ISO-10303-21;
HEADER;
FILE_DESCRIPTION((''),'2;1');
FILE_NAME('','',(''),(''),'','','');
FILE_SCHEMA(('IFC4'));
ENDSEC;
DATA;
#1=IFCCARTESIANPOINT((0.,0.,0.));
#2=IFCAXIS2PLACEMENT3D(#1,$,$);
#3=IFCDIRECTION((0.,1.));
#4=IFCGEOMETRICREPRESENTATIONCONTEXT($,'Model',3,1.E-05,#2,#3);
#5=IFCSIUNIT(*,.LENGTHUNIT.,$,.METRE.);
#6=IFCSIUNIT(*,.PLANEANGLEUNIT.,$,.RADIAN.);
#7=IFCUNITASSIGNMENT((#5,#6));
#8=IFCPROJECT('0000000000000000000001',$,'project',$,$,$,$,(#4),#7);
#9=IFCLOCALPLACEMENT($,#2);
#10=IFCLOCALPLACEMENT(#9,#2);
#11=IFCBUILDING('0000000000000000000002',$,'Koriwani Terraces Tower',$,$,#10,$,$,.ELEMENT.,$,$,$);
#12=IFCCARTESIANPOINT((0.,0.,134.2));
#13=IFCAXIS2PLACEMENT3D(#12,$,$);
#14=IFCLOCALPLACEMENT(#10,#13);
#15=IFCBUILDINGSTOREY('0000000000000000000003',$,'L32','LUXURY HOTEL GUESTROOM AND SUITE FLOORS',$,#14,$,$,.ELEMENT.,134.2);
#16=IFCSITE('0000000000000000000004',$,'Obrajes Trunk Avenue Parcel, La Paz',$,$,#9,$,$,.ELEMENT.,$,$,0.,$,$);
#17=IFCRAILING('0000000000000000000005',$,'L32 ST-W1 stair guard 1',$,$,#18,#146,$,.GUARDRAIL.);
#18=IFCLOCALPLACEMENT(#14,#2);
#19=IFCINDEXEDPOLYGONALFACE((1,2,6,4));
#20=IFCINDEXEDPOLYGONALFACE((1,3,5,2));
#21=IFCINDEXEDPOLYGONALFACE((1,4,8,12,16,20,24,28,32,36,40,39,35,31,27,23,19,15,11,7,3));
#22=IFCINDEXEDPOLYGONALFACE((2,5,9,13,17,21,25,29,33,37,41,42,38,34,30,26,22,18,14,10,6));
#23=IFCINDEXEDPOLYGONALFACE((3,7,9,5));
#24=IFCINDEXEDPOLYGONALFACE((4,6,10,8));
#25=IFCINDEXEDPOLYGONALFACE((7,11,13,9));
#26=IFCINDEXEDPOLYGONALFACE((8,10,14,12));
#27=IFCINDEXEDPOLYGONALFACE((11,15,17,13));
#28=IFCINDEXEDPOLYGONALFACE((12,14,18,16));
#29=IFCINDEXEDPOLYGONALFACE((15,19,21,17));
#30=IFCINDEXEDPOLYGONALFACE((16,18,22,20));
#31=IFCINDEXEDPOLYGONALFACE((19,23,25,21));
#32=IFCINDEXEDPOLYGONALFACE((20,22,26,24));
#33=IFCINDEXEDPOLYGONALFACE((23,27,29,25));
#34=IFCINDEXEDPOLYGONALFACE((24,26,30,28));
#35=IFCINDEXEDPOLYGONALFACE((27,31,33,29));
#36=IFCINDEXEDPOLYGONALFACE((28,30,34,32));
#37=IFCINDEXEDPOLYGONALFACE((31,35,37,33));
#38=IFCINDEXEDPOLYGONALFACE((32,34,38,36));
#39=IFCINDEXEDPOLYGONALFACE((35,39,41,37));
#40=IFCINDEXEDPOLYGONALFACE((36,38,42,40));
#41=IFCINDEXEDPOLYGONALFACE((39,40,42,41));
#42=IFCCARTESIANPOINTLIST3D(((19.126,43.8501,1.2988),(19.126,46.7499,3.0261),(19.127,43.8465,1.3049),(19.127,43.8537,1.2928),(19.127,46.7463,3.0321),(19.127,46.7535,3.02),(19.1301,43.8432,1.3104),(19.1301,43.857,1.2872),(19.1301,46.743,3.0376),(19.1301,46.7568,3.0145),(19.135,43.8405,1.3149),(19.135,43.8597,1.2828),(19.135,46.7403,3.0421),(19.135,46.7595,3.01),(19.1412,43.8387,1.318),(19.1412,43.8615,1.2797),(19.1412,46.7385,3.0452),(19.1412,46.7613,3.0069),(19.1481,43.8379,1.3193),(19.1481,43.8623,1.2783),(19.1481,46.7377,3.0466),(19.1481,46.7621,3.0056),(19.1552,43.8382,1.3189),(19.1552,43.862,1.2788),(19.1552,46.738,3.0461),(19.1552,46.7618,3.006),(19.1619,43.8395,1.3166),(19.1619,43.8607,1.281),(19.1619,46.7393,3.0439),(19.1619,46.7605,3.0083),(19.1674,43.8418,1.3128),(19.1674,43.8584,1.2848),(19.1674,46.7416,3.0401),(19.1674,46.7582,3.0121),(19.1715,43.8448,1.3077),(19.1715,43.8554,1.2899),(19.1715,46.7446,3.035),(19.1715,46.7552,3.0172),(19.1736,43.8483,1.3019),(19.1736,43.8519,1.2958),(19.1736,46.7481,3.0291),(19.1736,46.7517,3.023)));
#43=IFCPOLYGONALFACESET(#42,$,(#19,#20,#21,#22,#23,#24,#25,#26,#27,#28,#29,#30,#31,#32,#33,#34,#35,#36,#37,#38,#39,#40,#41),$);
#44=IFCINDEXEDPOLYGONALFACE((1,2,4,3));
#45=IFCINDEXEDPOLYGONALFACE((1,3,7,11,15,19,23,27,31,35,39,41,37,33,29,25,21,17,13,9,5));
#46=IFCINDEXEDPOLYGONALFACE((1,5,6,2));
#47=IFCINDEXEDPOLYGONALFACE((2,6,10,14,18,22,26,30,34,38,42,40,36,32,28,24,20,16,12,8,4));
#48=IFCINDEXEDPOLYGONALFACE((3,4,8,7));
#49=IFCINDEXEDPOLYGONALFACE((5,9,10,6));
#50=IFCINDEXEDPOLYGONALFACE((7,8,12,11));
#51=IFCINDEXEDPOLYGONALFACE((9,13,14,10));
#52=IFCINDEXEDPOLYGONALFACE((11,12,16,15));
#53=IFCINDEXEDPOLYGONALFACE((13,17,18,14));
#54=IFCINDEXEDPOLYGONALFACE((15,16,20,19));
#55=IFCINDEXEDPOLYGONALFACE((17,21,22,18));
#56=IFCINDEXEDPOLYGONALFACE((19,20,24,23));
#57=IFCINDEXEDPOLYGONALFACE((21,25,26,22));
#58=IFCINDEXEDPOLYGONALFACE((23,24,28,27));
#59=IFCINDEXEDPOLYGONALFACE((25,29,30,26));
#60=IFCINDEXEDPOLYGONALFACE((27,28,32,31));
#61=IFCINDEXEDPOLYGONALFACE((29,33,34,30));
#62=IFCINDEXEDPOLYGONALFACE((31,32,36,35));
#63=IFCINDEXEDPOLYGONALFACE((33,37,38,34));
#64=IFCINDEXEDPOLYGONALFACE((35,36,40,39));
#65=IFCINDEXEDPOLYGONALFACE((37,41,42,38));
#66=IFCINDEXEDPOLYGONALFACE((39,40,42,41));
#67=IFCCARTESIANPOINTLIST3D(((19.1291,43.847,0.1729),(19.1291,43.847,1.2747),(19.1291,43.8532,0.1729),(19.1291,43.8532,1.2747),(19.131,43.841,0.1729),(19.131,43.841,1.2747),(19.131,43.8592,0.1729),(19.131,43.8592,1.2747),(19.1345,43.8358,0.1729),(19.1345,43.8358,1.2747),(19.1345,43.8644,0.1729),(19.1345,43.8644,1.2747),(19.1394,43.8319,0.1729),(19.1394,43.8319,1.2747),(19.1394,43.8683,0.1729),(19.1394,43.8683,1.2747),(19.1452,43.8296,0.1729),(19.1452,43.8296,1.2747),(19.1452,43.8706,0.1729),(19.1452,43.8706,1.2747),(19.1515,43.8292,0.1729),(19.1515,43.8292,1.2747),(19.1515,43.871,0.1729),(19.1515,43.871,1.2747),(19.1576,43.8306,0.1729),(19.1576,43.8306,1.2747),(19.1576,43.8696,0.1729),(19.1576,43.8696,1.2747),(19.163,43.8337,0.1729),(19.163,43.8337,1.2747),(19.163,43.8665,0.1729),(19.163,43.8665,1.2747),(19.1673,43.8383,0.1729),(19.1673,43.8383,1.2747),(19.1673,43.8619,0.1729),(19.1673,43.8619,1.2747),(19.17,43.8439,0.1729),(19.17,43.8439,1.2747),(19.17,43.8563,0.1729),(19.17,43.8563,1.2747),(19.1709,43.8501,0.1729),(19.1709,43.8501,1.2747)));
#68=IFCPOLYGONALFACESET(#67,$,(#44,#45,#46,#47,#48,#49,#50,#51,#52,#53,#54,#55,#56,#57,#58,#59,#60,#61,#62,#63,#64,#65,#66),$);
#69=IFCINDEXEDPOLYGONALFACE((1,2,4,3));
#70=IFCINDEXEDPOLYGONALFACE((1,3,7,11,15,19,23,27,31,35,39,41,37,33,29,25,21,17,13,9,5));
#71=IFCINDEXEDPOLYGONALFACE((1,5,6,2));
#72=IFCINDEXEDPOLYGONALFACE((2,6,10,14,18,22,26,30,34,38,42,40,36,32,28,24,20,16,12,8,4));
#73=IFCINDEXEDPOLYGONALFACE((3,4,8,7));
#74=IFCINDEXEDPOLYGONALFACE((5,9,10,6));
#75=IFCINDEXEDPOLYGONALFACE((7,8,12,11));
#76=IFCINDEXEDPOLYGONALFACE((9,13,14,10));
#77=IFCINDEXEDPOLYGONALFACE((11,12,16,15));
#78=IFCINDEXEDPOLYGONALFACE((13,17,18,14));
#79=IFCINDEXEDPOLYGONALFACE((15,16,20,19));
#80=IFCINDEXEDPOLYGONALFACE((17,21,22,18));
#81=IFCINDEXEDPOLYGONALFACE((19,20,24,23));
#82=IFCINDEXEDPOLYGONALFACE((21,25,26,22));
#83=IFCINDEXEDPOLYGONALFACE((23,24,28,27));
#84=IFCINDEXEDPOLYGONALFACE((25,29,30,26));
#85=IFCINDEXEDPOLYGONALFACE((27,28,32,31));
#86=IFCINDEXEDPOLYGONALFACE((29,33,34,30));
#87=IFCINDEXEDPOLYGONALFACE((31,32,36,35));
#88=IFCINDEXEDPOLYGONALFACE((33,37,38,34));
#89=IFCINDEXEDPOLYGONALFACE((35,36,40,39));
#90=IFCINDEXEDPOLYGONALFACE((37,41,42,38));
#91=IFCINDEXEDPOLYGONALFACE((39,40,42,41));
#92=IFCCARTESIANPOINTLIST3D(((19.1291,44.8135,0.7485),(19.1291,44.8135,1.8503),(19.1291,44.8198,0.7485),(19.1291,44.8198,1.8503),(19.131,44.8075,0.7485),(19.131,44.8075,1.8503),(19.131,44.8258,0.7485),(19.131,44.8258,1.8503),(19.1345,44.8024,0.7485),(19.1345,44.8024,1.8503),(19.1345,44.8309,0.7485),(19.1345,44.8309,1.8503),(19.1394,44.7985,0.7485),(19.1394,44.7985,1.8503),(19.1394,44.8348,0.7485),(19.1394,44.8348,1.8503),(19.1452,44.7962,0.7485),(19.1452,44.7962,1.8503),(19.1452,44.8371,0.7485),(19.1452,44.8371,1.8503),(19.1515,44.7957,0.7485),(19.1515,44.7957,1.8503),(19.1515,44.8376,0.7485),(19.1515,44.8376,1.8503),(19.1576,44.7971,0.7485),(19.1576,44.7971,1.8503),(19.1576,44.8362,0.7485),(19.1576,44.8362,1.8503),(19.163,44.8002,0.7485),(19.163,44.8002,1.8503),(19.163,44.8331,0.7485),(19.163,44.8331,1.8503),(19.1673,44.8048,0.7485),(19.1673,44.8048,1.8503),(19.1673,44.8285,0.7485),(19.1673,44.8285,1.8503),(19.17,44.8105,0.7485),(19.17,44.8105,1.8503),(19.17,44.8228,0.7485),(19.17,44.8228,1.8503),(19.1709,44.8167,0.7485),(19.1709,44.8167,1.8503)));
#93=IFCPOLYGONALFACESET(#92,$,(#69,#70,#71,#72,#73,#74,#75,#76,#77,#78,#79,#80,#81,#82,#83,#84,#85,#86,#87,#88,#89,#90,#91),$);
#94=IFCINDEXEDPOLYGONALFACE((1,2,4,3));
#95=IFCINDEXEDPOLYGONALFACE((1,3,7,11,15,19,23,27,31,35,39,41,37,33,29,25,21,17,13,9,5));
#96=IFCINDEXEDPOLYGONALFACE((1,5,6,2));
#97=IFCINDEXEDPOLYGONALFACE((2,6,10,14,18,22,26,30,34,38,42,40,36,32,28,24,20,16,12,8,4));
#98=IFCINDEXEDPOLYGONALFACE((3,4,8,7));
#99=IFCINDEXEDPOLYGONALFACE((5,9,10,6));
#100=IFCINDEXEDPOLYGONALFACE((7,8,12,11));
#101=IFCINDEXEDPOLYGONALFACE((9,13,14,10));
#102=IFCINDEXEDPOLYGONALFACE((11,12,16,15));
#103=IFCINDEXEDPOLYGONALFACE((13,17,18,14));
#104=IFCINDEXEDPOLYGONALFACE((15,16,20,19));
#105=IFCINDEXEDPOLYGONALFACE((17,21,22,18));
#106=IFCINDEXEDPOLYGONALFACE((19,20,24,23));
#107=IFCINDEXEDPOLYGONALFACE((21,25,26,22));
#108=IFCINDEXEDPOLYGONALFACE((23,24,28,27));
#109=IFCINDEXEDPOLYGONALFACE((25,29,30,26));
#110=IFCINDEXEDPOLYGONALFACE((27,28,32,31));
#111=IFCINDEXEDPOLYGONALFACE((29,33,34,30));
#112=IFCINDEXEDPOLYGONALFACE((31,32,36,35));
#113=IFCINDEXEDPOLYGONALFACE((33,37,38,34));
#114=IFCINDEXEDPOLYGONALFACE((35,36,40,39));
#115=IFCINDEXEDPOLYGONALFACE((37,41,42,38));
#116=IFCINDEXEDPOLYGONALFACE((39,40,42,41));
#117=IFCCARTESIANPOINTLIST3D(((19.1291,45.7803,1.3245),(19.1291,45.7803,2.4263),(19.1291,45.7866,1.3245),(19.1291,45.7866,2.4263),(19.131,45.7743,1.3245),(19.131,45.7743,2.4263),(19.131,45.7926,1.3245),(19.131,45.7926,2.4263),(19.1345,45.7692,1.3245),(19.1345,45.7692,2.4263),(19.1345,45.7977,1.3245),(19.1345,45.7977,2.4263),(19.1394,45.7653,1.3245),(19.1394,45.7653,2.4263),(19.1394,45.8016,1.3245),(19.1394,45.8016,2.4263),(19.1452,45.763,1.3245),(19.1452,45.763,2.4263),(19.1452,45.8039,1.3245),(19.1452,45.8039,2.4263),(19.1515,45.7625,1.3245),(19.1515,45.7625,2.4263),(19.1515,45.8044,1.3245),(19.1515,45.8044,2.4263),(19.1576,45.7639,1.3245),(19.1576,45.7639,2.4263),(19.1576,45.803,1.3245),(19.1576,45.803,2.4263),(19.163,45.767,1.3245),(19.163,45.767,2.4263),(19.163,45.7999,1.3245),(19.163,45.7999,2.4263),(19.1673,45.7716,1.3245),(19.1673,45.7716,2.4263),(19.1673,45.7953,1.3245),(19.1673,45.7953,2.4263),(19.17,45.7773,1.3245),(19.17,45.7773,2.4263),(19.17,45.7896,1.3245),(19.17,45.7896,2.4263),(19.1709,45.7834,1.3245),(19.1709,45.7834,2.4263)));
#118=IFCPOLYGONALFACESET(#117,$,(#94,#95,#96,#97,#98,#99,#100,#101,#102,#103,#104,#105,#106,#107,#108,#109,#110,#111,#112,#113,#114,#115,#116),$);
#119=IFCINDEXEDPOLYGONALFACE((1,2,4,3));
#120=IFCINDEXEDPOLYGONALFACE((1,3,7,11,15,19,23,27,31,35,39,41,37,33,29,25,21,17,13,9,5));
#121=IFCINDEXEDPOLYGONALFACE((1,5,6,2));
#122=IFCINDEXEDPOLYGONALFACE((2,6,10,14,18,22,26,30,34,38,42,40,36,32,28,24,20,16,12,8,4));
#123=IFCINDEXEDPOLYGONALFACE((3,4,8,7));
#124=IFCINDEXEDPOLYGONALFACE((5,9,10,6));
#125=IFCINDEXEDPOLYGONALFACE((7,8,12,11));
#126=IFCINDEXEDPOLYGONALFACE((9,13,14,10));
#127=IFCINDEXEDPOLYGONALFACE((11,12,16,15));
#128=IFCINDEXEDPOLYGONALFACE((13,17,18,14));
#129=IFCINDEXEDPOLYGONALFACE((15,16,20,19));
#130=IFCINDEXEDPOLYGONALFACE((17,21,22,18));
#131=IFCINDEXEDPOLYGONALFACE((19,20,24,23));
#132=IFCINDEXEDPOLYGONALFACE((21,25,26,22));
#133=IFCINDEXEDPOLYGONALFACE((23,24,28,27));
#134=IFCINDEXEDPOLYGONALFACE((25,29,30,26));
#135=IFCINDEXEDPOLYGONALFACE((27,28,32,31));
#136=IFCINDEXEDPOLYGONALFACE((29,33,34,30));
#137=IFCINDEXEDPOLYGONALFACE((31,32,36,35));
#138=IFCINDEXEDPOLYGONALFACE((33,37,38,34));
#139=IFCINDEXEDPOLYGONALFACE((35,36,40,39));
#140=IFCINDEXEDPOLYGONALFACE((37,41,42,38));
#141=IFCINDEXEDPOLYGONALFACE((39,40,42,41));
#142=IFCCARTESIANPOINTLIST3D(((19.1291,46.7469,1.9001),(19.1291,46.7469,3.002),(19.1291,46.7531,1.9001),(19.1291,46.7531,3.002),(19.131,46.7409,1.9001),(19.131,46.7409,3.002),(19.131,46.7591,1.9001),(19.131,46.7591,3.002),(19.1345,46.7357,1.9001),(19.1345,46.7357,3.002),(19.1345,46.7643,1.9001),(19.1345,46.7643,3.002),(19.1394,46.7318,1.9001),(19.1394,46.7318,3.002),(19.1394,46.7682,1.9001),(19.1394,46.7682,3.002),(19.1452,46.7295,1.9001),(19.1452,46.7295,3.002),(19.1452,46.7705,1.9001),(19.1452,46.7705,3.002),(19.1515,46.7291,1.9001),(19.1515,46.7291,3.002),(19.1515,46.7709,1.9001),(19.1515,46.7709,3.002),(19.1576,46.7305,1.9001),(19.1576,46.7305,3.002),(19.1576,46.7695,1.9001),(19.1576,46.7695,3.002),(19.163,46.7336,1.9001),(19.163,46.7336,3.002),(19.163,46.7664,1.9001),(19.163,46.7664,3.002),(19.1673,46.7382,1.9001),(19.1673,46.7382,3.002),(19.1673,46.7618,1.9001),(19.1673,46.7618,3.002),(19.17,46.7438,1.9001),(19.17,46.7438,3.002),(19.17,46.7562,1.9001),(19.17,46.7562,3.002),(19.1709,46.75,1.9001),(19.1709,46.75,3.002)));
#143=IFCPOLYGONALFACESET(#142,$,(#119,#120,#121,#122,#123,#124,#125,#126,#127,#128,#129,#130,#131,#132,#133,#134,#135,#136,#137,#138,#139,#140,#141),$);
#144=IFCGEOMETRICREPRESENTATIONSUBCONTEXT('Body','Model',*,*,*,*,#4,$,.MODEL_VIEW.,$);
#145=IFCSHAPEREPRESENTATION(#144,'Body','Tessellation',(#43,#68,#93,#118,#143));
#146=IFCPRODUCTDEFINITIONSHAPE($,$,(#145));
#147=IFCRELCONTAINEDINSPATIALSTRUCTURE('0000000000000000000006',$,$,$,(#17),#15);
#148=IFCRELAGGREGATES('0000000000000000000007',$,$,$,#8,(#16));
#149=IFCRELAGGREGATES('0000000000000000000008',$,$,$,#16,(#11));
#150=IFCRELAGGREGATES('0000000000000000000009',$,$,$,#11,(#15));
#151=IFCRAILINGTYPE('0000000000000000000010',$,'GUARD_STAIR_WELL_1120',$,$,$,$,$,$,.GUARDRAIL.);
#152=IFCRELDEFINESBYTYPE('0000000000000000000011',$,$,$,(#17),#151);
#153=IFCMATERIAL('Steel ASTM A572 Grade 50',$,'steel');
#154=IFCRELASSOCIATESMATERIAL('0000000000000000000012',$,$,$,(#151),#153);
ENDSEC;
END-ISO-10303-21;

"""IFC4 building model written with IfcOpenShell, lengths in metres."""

from ifc_helpers import new_model, si_unit, direction, frame, origin, origin_2d, place, context, subcontext, project, spatial, circle, extrude, material, type_object, element, save


model = new_model("IFC4")

# Units and contexts
model_context = context("Model", 3, precision=1e-05, world=origin(), true_north=direction((0.0, 1.0)))
body_context = subcontext(model_context, "Body", "Model", "MODEL_VIEW")
ifc_project = project(units=[si_unit("LENGTHUNIT", "METRE"), si_unit("PLANEANGLEUNIT", "RADIAN")], contexts=[model_context])

# Site, building, storey
site_placement = place(None, origin())
site = spatial("IfcSite", under=ifc_project, at=site_placement, Name="Obrajes Trunk Avenue Parcel, La Paz", CompositionType="ELEMENT", RefElevation=0.0)
building_placement = place(site_placement, origin())
building = spatial("IfcBuilding", under=site, at=building_placement, Name="Koriwani Terraces Tower", CompositionType="ELEMENT")
storey_placement = place(building_placement, frame((0.0, 0.0, 134.2)))
storey = spatial("IfcBuildingStorey", under=building, at=storey_placement, Name="L32", Description="LUXURY HOTEL GUESTROOM AND SUITE FLOORS", CompositionType="ELEMENT", Elevation=134.2)

# Shared definitions
ifc_material_1 = material(Name="Steel ASTM A572 Grade 50", Category="steel")

# Railing
railing_type_1 = type_object("IfcRailingType", Name="GUARD_STAIR_WELL_1120", PredefinedType="GUARDRAIL", material=ifc_material_1)
railing_1_placement = place(storey_placement, frame((19.1499, 43.8501, 0.1729)))
element("IfcRailing", 1, at=railing_1_placement, inside=storey, type_object=railing_type_1, Name="L32 ST-W1 stair guard 1", PredefinedType="GUARDRAIL", context=body_context, shape_type="SweptSolid", body=[
    extrude(circle(Radius=0.0239, at=origin_2d()), frame((0.0, 0.0, 1.126), z_axis=(0.0, 0.859141, 0.511738), x_axis=(-1.0, 0.0, 0.0)), (0.0, 0.0, 1.0), 3.3752),
    extrude(circle(Radius=0.021, at=origin_2d()), origin(), (0.0, 0.0, 1.0), 1.1018),
    extrude(circle(Radius=0.021, at=origin_2d()), frame((0.0, 0.9666, 0.5757)), (0.0, 0.0, 1.0), 1.1018),
    extrude(circle(Radius=0.021, at=origin_2d()), frame((0.0, 1.9333, 1.1516)), (0.0, 0.0, 1.0), 1.1018),
    extrude(circle(Radius=0.021, at=origin_2d()), frame((0.0, 2.8999, 1.7273)), (0.0, 0.0, 1.0), 1.1018),
])

save(model, "model.ifc")
